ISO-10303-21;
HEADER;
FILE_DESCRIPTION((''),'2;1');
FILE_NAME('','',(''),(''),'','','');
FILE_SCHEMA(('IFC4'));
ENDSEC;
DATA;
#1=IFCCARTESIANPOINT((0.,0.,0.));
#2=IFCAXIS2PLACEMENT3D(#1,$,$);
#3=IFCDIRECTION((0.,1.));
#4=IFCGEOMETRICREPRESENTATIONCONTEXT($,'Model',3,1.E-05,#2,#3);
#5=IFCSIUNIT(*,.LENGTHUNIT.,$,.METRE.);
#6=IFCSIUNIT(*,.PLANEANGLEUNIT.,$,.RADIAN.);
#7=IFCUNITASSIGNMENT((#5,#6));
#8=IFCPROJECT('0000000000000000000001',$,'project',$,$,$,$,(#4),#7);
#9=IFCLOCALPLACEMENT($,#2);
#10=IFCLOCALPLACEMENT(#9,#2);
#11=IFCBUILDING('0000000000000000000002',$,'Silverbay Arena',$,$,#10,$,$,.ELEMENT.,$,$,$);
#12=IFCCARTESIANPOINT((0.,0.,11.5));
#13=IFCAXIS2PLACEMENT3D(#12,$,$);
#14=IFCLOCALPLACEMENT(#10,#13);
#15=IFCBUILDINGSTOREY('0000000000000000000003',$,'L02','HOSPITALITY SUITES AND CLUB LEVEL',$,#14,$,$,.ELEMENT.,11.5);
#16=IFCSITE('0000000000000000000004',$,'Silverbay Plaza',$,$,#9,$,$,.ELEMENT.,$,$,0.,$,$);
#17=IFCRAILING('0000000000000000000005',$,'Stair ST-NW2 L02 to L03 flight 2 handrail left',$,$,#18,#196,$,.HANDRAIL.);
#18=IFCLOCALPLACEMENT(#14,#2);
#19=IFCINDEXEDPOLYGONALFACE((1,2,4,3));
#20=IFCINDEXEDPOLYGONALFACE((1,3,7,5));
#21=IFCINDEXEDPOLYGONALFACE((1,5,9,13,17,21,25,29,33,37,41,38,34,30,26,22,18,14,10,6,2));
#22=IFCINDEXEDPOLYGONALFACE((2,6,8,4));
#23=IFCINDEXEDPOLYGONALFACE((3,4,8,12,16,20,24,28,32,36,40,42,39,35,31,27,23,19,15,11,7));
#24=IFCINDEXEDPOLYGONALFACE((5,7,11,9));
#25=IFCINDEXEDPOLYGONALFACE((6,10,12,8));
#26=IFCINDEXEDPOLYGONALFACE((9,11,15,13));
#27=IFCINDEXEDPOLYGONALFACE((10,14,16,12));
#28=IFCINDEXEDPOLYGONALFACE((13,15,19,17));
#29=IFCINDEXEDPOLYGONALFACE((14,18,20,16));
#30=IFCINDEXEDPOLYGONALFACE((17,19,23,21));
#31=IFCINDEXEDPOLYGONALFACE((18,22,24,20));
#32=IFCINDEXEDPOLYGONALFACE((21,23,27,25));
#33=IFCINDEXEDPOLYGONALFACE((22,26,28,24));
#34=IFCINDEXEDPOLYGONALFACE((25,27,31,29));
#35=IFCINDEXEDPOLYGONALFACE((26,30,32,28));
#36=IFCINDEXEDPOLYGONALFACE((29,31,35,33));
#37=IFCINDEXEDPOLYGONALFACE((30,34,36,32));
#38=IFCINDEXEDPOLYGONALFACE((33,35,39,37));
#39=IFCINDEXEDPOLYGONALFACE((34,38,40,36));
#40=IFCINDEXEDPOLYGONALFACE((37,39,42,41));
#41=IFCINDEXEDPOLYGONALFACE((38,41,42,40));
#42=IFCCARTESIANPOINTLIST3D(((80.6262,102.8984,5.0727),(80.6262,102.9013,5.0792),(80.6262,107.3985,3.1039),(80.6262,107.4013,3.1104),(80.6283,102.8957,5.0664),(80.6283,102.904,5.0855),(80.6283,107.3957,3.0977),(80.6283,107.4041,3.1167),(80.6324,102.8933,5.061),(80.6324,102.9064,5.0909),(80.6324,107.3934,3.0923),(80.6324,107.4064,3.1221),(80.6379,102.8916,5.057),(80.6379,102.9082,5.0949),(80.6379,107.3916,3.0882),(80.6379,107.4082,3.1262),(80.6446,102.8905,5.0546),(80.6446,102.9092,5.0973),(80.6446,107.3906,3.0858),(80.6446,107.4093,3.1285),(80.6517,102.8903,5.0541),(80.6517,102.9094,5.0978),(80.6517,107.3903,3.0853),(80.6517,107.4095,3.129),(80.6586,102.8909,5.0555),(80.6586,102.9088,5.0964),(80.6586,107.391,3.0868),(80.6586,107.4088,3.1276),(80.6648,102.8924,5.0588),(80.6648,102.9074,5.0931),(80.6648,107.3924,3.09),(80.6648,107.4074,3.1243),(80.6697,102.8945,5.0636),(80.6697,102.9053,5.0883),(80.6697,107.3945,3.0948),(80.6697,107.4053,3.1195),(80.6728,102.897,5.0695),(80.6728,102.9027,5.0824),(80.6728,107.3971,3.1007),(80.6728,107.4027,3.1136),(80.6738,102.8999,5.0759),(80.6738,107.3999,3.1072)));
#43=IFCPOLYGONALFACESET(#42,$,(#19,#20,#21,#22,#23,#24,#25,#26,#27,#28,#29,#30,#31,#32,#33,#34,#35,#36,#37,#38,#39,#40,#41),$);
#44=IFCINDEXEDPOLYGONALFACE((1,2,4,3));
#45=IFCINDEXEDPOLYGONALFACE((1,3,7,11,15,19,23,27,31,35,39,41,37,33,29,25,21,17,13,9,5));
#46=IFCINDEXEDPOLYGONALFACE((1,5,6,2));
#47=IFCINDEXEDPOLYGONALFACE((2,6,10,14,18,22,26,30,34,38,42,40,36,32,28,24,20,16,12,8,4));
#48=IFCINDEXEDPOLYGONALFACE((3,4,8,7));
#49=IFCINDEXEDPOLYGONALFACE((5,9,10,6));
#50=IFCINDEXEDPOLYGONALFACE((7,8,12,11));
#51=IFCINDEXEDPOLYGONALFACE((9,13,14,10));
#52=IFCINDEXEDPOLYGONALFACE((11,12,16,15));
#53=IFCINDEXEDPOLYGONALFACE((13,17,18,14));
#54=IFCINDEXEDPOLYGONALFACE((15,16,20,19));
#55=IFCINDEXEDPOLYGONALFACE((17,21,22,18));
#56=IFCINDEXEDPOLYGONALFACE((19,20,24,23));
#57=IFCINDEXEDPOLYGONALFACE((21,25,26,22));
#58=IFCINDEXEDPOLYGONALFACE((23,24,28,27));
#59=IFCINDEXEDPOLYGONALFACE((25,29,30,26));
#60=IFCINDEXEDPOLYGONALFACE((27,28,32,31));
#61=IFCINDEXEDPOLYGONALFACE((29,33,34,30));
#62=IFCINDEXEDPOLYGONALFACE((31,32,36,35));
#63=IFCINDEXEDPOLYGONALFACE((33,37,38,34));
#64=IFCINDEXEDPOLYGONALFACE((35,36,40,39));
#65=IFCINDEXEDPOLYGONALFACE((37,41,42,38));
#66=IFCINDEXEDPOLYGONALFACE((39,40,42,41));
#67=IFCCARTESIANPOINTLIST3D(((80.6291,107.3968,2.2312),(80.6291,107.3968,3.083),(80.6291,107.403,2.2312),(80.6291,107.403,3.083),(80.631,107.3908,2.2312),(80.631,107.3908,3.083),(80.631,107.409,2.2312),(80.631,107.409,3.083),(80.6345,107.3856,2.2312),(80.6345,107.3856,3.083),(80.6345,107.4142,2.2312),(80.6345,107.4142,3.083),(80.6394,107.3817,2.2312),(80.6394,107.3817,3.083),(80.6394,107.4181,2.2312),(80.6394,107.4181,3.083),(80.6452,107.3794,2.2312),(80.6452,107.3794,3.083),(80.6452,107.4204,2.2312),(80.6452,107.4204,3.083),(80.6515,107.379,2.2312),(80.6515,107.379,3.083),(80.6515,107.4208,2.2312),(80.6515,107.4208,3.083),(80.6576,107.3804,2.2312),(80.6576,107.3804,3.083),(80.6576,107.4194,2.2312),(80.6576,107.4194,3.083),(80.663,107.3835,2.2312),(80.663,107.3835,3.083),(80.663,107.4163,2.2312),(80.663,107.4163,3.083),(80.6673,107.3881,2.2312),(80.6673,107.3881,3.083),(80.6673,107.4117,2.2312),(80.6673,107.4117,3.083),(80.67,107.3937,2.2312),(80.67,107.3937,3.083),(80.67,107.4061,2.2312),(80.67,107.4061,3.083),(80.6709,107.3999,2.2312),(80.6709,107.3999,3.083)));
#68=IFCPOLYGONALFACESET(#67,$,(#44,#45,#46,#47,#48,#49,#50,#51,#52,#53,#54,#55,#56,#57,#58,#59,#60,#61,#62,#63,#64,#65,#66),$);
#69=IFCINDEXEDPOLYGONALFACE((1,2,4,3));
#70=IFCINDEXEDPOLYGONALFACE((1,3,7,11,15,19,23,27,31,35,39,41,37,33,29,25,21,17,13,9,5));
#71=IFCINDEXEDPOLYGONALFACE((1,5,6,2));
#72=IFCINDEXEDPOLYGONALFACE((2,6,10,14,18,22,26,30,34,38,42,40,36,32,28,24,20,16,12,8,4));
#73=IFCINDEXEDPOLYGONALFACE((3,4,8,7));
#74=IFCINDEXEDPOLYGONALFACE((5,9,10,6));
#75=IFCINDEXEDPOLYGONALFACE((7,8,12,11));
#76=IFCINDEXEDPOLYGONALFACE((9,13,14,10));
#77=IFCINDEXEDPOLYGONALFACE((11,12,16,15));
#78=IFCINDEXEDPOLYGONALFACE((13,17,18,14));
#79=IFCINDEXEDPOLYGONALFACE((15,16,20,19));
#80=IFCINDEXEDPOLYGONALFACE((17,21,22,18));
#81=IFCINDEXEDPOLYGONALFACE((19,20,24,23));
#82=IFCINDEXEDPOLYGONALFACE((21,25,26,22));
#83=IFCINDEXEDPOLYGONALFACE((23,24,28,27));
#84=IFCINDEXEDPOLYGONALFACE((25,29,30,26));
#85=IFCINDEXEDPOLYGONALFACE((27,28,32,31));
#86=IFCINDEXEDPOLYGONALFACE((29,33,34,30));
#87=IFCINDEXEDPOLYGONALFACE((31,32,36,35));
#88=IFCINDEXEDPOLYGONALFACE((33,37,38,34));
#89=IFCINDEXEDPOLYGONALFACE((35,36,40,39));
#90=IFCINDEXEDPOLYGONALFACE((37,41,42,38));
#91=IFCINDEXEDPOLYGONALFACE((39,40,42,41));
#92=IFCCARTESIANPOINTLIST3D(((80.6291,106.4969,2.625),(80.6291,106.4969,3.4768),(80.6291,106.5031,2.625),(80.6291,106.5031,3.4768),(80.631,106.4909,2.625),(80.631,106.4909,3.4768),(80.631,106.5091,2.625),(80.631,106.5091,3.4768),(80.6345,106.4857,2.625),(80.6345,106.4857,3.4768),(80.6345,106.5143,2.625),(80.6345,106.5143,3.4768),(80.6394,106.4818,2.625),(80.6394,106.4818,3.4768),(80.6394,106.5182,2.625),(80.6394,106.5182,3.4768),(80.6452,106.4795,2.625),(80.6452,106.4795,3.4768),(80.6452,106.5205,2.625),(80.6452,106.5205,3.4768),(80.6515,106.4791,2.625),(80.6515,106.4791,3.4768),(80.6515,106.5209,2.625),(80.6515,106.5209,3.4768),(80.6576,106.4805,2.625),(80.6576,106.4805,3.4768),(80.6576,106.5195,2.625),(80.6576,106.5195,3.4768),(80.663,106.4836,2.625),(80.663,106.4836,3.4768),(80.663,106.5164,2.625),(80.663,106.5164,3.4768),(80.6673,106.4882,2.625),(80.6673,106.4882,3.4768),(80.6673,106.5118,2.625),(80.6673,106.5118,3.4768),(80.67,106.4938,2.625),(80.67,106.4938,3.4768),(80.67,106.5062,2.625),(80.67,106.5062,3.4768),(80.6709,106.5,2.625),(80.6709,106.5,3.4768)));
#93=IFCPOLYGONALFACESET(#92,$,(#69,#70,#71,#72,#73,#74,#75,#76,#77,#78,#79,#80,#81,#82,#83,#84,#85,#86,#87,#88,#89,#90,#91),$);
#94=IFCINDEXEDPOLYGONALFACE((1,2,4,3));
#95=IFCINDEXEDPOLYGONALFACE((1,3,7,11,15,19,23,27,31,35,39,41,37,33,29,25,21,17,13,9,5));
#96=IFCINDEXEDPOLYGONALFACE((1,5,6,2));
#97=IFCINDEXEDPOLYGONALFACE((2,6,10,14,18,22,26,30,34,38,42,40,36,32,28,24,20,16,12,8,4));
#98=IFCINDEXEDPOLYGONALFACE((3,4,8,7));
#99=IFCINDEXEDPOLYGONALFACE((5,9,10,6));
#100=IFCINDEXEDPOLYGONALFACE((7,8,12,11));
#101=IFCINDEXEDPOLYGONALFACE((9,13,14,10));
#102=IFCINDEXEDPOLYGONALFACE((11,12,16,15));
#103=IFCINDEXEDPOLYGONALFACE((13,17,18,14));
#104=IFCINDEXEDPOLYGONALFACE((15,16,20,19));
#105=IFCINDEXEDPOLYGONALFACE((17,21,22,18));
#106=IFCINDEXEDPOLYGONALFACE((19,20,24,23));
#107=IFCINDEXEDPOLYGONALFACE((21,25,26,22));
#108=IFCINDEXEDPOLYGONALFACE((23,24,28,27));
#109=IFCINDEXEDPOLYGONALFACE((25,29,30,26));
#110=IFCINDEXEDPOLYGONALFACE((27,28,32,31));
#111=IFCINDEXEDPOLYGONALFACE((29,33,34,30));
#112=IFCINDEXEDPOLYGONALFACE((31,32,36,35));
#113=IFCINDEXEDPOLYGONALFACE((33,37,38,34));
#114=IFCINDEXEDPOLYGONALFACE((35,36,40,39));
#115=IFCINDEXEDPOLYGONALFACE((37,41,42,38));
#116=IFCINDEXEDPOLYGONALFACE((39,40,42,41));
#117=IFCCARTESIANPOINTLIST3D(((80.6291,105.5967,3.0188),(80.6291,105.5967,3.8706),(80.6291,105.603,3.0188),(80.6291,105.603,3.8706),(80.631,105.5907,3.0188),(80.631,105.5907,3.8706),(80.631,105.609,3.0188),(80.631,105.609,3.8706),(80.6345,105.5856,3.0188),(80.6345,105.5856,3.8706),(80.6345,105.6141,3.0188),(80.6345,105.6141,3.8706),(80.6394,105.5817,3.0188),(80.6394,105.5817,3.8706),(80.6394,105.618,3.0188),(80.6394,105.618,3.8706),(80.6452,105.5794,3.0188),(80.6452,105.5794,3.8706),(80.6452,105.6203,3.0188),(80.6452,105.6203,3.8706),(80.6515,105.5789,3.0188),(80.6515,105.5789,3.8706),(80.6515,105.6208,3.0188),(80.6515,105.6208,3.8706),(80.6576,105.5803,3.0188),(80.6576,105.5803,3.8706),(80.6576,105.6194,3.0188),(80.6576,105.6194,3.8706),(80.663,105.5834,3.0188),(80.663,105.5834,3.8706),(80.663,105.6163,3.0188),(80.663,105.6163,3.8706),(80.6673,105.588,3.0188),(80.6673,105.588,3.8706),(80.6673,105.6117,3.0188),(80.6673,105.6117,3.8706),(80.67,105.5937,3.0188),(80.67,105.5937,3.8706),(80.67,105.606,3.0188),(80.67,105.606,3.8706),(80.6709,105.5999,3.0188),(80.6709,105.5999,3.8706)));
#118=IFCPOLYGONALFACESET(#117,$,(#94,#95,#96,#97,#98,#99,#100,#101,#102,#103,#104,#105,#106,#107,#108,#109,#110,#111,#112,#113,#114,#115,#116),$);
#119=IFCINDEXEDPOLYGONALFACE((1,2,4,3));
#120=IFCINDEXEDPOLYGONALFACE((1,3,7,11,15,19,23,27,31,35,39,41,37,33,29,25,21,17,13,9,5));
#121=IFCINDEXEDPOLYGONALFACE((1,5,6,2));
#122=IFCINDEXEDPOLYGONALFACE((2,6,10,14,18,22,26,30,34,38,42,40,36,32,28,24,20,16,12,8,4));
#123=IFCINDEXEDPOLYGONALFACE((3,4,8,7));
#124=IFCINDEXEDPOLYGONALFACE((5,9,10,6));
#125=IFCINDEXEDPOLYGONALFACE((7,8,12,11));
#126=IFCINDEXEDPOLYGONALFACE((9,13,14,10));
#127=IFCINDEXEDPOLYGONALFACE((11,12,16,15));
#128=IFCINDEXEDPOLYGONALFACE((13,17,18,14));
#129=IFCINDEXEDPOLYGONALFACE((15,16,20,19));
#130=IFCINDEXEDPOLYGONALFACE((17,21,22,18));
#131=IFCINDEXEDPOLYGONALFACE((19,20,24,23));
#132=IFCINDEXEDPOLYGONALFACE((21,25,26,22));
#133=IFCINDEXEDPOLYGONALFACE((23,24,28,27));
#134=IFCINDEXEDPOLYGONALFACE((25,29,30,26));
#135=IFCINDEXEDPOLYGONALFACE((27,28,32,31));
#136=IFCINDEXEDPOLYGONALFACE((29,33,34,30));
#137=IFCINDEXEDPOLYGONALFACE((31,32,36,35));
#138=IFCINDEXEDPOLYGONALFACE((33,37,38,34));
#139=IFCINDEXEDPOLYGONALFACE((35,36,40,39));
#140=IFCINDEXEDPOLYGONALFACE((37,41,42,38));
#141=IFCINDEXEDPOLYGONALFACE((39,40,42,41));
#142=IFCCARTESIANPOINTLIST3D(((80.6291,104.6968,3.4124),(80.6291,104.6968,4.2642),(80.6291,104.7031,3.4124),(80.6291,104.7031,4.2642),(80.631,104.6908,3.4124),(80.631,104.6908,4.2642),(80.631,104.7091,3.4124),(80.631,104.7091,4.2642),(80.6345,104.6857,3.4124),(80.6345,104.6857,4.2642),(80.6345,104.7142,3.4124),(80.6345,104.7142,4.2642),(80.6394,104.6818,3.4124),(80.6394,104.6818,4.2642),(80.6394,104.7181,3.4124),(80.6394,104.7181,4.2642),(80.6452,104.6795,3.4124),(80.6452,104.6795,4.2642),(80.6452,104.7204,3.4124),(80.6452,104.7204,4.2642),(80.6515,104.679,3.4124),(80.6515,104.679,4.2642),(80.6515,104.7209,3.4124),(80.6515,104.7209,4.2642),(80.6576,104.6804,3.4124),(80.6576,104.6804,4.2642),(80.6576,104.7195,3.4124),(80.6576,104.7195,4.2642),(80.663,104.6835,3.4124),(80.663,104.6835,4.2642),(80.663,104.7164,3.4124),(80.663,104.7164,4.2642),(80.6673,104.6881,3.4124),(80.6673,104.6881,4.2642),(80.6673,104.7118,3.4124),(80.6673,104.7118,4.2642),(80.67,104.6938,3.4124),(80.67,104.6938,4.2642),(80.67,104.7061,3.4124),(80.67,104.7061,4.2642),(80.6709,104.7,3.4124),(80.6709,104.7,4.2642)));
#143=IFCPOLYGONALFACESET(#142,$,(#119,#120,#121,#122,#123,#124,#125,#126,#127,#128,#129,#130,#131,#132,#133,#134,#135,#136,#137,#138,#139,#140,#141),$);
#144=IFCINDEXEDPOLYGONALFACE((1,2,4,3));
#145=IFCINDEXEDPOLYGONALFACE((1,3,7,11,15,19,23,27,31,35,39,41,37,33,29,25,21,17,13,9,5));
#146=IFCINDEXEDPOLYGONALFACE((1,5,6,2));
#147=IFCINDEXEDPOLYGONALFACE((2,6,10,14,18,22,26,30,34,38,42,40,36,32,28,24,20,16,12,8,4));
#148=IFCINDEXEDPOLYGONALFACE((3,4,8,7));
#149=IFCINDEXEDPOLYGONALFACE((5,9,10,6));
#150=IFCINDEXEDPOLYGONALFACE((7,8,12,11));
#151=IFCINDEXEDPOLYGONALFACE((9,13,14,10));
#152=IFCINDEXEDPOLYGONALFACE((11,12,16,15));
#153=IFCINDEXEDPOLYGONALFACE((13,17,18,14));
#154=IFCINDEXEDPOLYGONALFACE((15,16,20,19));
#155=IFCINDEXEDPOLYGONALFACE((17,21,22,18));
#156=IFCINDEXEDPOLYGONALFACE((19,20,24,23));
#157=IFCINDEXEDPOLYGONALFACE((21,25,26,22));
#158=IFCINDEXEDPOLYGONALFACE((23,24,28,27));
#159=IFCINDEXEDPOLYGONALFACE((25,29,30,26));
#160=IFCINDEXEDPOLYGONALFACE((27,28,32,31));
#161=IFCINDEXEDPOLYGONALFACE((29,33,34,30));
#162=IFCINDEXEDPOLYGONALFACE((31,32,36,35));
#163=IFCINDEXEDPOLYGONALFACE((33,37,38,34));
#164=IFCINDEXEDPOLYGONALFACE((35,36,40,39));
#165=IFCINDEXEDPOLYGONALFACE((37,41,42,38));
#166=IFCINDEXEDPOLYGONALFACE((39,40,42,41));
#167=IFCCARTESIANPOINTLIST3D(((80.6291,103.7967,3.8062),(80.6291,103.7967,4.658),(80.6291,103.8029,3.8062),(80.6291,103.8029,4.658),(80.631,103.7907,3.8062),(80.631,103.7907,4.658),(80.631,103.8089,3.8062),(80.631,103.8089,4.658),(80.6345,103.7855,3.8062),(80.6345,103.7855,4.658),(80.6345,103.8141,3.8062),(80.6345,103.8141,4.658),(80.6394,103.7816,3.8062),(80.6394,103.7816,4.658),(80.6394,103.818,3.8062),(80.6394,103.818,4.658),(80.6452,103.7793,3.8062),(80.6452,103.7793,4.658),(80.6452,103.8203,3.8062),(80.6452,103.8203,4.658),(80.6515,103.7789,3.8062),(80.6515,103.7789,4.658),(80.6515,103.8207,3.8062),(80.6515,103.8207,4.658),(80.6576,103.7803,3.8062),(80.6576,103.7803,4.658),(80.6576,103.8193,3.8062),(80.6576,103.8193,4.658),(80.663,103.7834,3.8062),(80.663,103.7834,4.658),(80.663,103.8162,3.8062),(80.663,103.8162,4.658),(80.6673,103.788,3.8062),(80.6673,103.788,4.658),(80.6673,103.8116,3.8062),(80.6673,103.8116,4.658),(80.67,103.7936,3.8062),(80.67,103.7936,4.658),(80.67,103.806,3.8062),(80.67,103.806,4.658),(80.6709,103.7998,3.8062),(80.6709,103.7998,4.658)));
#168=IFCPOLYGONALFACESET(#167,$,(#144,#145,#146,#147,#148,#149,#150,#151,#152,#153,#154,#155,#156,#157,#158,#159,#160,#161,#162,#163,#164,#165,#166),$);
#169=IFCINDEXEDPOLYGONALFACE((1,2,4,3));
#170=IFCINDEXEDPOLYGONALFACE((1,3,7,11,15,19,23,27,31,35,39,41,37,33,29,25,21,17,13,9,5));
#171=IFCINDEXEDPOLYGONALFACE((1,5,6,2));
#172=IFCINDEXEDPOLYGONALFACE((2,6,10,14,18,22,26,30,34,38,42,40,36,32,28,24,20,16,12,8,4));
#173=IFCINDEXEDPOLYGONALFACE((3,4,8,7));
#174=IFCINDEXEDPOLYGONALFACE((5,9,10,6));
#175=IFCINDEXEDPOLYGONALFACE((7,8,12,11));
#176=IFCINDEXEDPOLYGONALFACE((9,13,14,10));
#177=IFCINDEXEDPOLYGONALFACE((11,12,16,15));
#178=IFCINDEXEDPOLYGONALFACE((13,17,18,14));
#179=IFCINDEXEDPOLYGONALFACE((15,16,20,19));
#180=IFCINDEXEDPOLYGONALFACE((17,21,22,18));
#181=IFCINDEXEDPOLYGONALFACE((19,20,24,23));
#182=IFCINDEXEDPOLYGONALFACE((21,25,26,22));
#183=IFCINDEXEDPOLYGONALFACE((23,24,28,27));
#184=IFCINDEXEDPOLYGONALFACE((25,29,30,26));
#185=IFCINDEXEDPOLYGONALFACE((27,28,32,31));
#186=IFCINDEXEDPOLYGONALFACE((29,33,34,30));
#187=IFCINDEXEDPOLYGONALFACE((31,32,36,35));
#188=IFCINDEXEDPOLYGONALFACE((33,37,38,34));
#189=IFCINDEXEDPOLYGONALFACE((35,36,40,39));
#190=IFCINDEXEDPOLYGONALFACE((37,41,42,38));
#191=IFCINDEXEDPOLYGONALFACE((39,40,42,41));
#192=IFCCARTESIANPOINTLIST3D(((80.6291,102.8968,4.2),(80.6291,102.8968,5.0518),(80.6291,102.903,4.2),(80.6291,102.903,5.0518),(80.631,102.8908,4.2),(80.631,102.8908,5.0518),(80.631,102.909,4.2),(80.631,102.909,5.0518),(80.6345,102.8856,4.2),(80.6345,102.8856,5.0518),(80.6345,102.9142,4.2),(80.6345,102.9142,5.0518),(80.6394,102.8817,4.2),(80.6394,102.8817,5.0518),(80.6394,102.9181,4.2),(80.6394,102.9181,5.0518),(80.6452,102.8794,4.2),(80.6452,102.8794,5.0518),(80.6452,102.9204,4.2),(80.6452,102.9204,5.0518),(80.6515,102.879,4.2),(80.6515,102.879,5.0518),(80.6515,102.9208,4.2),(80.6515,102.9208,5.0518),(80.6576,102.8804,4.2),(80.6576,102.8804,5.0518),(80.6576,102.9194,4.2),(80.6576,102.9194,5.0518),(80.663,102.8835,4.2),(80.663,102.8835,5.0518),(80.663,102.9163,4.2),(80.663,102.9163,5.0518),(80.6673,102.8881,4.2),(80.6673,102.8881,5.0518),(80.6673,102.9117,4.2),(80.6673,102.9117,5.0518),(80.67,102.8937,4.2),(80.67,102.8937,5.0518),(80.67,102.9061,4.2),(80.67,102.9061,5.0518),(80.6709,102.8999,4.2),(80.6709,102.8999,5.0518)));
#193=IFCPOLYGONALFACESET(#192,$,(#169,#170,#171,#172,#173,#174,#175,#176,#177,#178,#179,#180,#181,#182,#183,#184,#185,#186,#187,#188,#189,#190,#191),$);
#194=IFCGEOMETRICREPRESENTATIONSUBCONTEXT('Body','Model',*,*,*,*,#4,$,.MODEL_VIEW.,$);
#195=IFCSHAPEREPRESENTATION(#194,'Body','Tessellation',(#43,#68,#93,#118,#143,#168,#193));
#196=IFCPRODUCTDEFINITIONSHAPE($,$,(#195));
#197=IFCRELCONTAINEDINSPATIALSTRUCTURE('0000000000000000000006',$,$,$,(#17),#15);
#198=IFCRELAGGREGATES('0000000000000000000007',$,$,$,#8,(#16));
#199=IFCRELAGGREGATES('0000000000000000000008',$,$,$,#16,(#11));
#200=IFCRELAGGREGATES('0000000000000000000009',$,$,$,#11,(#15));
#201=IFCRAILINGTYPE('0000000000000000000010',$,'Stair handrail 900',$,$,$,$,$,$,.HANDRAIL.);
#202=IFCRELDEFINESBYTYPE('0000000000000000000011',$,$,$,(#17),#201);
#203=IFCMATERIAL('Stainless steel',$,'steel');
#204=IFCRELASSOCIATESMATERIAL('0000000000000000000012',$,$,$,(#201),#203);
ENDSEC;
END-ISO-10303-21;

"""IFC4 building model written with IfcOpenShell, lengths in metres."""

from ifc_helpers import new_model, si_unit, direction, frame, origin, origin_2d, place, context, subcontext, project, spatial, circle, extrude, material, type_object, element, save


model = new_model("IFC4")

# Units and contexts
model_context = context("Model", 3, precision=1e-05, world=origin(), true_north=direction((0.0, 1.0)))
body_context = subcontext(model_context, "Body", "Model", "MODEL_VIEW")
ifc_project = project(units=[si_unit("LENGTHUNIT", "METRE"), si_unit("PLANEANGLEUNIT", "RADIAN")], contexts=[model_context])

# Site, building, storey
site_placement = place(None, origin())
site = spatial("IfcSite", under=ifc_project, at=site_placement, Name="Silverbay Plaza", CompositionType="ELEMENT", RefElevation=0.0)
building_placement = place(site_placement, origin())
building = spatial("IfcBuilding", under=site, at=building_placement, Name="Silverbay Arena", CompositionType="ELEMENT")
storey_placement = place(building_placement, frame((0.0, 0.0, 11.5)))
storey = spatial("IfcBuildingStorey", under=building, at=storey_placement, Name="L02", Description="HOSPITALITY SUITES AND CLUB LEVEL", CompositionType="ELEMENT", Elevation=11.5)

# Railing
ifc_material_1 = material(Name="Stainless steel", Category="steel")
railing_type = type_object("IfcRailingType", Name="Stair handrail 900", PredefinedType="HANDRAIL", material=ifc_material_1)
railing_1_placement = place(storey_placement, frame((80.6499, 107.3999, 2.2312)))
element("IfcRailing", 1, at=railing_1_placement, inside=storey, type_object=railing_type, Name="Stair ST-NW2 L02 to L03 flight 2 handrail left", PredefinedType="HANDRAIL", context=body_context, shape_type="SweptSolid", body=[
    extrude(circle(Radius=0.0239, at=origin_2d()), frame((0.0, 0.0, 0.876), z_axis=(0.0, -0.916157, 0.400819), x_axis=(1.0, 0.0, 0.0)), (0.0, 0.0, 1.0), 4.9119),
    extrude(circle(Radius=0.021, at=origin_2d()), origin(), (0.0, 0.0, 1.0), 0.8518),
    extrude(circle(Radius=0.021, at=origin_2d()), frame((0.0, -0.8999, 0.3938)), (0.0, 0.0, 1.0), 0.8518),
    extrude(circle(Radius=0.021, at=origin_2d()), frame((0.0, -1.8, 0.7876)), (0.0, 0.0, 1.0), 0.8518),
    extrude(circle(Radius=0.021, at=origin_2d()), frame((0.0, -2.7, 1.1812)), (0.0, 0.0, 1.0), 0.8518),
    extrude(circle(Radius=0.021, at=origin_2d()), frame((0.0, -3.6001, 1.575)), (0.0, 0.0, 1.0), 0.8518),
    extrude(circle(Radius=0.021, at=origin_2d()), frame((0.0, -4.5, 1.9688)), (0.0, 0.0, 1.0), 0.8518),
])

save(model, "model.ifc")
